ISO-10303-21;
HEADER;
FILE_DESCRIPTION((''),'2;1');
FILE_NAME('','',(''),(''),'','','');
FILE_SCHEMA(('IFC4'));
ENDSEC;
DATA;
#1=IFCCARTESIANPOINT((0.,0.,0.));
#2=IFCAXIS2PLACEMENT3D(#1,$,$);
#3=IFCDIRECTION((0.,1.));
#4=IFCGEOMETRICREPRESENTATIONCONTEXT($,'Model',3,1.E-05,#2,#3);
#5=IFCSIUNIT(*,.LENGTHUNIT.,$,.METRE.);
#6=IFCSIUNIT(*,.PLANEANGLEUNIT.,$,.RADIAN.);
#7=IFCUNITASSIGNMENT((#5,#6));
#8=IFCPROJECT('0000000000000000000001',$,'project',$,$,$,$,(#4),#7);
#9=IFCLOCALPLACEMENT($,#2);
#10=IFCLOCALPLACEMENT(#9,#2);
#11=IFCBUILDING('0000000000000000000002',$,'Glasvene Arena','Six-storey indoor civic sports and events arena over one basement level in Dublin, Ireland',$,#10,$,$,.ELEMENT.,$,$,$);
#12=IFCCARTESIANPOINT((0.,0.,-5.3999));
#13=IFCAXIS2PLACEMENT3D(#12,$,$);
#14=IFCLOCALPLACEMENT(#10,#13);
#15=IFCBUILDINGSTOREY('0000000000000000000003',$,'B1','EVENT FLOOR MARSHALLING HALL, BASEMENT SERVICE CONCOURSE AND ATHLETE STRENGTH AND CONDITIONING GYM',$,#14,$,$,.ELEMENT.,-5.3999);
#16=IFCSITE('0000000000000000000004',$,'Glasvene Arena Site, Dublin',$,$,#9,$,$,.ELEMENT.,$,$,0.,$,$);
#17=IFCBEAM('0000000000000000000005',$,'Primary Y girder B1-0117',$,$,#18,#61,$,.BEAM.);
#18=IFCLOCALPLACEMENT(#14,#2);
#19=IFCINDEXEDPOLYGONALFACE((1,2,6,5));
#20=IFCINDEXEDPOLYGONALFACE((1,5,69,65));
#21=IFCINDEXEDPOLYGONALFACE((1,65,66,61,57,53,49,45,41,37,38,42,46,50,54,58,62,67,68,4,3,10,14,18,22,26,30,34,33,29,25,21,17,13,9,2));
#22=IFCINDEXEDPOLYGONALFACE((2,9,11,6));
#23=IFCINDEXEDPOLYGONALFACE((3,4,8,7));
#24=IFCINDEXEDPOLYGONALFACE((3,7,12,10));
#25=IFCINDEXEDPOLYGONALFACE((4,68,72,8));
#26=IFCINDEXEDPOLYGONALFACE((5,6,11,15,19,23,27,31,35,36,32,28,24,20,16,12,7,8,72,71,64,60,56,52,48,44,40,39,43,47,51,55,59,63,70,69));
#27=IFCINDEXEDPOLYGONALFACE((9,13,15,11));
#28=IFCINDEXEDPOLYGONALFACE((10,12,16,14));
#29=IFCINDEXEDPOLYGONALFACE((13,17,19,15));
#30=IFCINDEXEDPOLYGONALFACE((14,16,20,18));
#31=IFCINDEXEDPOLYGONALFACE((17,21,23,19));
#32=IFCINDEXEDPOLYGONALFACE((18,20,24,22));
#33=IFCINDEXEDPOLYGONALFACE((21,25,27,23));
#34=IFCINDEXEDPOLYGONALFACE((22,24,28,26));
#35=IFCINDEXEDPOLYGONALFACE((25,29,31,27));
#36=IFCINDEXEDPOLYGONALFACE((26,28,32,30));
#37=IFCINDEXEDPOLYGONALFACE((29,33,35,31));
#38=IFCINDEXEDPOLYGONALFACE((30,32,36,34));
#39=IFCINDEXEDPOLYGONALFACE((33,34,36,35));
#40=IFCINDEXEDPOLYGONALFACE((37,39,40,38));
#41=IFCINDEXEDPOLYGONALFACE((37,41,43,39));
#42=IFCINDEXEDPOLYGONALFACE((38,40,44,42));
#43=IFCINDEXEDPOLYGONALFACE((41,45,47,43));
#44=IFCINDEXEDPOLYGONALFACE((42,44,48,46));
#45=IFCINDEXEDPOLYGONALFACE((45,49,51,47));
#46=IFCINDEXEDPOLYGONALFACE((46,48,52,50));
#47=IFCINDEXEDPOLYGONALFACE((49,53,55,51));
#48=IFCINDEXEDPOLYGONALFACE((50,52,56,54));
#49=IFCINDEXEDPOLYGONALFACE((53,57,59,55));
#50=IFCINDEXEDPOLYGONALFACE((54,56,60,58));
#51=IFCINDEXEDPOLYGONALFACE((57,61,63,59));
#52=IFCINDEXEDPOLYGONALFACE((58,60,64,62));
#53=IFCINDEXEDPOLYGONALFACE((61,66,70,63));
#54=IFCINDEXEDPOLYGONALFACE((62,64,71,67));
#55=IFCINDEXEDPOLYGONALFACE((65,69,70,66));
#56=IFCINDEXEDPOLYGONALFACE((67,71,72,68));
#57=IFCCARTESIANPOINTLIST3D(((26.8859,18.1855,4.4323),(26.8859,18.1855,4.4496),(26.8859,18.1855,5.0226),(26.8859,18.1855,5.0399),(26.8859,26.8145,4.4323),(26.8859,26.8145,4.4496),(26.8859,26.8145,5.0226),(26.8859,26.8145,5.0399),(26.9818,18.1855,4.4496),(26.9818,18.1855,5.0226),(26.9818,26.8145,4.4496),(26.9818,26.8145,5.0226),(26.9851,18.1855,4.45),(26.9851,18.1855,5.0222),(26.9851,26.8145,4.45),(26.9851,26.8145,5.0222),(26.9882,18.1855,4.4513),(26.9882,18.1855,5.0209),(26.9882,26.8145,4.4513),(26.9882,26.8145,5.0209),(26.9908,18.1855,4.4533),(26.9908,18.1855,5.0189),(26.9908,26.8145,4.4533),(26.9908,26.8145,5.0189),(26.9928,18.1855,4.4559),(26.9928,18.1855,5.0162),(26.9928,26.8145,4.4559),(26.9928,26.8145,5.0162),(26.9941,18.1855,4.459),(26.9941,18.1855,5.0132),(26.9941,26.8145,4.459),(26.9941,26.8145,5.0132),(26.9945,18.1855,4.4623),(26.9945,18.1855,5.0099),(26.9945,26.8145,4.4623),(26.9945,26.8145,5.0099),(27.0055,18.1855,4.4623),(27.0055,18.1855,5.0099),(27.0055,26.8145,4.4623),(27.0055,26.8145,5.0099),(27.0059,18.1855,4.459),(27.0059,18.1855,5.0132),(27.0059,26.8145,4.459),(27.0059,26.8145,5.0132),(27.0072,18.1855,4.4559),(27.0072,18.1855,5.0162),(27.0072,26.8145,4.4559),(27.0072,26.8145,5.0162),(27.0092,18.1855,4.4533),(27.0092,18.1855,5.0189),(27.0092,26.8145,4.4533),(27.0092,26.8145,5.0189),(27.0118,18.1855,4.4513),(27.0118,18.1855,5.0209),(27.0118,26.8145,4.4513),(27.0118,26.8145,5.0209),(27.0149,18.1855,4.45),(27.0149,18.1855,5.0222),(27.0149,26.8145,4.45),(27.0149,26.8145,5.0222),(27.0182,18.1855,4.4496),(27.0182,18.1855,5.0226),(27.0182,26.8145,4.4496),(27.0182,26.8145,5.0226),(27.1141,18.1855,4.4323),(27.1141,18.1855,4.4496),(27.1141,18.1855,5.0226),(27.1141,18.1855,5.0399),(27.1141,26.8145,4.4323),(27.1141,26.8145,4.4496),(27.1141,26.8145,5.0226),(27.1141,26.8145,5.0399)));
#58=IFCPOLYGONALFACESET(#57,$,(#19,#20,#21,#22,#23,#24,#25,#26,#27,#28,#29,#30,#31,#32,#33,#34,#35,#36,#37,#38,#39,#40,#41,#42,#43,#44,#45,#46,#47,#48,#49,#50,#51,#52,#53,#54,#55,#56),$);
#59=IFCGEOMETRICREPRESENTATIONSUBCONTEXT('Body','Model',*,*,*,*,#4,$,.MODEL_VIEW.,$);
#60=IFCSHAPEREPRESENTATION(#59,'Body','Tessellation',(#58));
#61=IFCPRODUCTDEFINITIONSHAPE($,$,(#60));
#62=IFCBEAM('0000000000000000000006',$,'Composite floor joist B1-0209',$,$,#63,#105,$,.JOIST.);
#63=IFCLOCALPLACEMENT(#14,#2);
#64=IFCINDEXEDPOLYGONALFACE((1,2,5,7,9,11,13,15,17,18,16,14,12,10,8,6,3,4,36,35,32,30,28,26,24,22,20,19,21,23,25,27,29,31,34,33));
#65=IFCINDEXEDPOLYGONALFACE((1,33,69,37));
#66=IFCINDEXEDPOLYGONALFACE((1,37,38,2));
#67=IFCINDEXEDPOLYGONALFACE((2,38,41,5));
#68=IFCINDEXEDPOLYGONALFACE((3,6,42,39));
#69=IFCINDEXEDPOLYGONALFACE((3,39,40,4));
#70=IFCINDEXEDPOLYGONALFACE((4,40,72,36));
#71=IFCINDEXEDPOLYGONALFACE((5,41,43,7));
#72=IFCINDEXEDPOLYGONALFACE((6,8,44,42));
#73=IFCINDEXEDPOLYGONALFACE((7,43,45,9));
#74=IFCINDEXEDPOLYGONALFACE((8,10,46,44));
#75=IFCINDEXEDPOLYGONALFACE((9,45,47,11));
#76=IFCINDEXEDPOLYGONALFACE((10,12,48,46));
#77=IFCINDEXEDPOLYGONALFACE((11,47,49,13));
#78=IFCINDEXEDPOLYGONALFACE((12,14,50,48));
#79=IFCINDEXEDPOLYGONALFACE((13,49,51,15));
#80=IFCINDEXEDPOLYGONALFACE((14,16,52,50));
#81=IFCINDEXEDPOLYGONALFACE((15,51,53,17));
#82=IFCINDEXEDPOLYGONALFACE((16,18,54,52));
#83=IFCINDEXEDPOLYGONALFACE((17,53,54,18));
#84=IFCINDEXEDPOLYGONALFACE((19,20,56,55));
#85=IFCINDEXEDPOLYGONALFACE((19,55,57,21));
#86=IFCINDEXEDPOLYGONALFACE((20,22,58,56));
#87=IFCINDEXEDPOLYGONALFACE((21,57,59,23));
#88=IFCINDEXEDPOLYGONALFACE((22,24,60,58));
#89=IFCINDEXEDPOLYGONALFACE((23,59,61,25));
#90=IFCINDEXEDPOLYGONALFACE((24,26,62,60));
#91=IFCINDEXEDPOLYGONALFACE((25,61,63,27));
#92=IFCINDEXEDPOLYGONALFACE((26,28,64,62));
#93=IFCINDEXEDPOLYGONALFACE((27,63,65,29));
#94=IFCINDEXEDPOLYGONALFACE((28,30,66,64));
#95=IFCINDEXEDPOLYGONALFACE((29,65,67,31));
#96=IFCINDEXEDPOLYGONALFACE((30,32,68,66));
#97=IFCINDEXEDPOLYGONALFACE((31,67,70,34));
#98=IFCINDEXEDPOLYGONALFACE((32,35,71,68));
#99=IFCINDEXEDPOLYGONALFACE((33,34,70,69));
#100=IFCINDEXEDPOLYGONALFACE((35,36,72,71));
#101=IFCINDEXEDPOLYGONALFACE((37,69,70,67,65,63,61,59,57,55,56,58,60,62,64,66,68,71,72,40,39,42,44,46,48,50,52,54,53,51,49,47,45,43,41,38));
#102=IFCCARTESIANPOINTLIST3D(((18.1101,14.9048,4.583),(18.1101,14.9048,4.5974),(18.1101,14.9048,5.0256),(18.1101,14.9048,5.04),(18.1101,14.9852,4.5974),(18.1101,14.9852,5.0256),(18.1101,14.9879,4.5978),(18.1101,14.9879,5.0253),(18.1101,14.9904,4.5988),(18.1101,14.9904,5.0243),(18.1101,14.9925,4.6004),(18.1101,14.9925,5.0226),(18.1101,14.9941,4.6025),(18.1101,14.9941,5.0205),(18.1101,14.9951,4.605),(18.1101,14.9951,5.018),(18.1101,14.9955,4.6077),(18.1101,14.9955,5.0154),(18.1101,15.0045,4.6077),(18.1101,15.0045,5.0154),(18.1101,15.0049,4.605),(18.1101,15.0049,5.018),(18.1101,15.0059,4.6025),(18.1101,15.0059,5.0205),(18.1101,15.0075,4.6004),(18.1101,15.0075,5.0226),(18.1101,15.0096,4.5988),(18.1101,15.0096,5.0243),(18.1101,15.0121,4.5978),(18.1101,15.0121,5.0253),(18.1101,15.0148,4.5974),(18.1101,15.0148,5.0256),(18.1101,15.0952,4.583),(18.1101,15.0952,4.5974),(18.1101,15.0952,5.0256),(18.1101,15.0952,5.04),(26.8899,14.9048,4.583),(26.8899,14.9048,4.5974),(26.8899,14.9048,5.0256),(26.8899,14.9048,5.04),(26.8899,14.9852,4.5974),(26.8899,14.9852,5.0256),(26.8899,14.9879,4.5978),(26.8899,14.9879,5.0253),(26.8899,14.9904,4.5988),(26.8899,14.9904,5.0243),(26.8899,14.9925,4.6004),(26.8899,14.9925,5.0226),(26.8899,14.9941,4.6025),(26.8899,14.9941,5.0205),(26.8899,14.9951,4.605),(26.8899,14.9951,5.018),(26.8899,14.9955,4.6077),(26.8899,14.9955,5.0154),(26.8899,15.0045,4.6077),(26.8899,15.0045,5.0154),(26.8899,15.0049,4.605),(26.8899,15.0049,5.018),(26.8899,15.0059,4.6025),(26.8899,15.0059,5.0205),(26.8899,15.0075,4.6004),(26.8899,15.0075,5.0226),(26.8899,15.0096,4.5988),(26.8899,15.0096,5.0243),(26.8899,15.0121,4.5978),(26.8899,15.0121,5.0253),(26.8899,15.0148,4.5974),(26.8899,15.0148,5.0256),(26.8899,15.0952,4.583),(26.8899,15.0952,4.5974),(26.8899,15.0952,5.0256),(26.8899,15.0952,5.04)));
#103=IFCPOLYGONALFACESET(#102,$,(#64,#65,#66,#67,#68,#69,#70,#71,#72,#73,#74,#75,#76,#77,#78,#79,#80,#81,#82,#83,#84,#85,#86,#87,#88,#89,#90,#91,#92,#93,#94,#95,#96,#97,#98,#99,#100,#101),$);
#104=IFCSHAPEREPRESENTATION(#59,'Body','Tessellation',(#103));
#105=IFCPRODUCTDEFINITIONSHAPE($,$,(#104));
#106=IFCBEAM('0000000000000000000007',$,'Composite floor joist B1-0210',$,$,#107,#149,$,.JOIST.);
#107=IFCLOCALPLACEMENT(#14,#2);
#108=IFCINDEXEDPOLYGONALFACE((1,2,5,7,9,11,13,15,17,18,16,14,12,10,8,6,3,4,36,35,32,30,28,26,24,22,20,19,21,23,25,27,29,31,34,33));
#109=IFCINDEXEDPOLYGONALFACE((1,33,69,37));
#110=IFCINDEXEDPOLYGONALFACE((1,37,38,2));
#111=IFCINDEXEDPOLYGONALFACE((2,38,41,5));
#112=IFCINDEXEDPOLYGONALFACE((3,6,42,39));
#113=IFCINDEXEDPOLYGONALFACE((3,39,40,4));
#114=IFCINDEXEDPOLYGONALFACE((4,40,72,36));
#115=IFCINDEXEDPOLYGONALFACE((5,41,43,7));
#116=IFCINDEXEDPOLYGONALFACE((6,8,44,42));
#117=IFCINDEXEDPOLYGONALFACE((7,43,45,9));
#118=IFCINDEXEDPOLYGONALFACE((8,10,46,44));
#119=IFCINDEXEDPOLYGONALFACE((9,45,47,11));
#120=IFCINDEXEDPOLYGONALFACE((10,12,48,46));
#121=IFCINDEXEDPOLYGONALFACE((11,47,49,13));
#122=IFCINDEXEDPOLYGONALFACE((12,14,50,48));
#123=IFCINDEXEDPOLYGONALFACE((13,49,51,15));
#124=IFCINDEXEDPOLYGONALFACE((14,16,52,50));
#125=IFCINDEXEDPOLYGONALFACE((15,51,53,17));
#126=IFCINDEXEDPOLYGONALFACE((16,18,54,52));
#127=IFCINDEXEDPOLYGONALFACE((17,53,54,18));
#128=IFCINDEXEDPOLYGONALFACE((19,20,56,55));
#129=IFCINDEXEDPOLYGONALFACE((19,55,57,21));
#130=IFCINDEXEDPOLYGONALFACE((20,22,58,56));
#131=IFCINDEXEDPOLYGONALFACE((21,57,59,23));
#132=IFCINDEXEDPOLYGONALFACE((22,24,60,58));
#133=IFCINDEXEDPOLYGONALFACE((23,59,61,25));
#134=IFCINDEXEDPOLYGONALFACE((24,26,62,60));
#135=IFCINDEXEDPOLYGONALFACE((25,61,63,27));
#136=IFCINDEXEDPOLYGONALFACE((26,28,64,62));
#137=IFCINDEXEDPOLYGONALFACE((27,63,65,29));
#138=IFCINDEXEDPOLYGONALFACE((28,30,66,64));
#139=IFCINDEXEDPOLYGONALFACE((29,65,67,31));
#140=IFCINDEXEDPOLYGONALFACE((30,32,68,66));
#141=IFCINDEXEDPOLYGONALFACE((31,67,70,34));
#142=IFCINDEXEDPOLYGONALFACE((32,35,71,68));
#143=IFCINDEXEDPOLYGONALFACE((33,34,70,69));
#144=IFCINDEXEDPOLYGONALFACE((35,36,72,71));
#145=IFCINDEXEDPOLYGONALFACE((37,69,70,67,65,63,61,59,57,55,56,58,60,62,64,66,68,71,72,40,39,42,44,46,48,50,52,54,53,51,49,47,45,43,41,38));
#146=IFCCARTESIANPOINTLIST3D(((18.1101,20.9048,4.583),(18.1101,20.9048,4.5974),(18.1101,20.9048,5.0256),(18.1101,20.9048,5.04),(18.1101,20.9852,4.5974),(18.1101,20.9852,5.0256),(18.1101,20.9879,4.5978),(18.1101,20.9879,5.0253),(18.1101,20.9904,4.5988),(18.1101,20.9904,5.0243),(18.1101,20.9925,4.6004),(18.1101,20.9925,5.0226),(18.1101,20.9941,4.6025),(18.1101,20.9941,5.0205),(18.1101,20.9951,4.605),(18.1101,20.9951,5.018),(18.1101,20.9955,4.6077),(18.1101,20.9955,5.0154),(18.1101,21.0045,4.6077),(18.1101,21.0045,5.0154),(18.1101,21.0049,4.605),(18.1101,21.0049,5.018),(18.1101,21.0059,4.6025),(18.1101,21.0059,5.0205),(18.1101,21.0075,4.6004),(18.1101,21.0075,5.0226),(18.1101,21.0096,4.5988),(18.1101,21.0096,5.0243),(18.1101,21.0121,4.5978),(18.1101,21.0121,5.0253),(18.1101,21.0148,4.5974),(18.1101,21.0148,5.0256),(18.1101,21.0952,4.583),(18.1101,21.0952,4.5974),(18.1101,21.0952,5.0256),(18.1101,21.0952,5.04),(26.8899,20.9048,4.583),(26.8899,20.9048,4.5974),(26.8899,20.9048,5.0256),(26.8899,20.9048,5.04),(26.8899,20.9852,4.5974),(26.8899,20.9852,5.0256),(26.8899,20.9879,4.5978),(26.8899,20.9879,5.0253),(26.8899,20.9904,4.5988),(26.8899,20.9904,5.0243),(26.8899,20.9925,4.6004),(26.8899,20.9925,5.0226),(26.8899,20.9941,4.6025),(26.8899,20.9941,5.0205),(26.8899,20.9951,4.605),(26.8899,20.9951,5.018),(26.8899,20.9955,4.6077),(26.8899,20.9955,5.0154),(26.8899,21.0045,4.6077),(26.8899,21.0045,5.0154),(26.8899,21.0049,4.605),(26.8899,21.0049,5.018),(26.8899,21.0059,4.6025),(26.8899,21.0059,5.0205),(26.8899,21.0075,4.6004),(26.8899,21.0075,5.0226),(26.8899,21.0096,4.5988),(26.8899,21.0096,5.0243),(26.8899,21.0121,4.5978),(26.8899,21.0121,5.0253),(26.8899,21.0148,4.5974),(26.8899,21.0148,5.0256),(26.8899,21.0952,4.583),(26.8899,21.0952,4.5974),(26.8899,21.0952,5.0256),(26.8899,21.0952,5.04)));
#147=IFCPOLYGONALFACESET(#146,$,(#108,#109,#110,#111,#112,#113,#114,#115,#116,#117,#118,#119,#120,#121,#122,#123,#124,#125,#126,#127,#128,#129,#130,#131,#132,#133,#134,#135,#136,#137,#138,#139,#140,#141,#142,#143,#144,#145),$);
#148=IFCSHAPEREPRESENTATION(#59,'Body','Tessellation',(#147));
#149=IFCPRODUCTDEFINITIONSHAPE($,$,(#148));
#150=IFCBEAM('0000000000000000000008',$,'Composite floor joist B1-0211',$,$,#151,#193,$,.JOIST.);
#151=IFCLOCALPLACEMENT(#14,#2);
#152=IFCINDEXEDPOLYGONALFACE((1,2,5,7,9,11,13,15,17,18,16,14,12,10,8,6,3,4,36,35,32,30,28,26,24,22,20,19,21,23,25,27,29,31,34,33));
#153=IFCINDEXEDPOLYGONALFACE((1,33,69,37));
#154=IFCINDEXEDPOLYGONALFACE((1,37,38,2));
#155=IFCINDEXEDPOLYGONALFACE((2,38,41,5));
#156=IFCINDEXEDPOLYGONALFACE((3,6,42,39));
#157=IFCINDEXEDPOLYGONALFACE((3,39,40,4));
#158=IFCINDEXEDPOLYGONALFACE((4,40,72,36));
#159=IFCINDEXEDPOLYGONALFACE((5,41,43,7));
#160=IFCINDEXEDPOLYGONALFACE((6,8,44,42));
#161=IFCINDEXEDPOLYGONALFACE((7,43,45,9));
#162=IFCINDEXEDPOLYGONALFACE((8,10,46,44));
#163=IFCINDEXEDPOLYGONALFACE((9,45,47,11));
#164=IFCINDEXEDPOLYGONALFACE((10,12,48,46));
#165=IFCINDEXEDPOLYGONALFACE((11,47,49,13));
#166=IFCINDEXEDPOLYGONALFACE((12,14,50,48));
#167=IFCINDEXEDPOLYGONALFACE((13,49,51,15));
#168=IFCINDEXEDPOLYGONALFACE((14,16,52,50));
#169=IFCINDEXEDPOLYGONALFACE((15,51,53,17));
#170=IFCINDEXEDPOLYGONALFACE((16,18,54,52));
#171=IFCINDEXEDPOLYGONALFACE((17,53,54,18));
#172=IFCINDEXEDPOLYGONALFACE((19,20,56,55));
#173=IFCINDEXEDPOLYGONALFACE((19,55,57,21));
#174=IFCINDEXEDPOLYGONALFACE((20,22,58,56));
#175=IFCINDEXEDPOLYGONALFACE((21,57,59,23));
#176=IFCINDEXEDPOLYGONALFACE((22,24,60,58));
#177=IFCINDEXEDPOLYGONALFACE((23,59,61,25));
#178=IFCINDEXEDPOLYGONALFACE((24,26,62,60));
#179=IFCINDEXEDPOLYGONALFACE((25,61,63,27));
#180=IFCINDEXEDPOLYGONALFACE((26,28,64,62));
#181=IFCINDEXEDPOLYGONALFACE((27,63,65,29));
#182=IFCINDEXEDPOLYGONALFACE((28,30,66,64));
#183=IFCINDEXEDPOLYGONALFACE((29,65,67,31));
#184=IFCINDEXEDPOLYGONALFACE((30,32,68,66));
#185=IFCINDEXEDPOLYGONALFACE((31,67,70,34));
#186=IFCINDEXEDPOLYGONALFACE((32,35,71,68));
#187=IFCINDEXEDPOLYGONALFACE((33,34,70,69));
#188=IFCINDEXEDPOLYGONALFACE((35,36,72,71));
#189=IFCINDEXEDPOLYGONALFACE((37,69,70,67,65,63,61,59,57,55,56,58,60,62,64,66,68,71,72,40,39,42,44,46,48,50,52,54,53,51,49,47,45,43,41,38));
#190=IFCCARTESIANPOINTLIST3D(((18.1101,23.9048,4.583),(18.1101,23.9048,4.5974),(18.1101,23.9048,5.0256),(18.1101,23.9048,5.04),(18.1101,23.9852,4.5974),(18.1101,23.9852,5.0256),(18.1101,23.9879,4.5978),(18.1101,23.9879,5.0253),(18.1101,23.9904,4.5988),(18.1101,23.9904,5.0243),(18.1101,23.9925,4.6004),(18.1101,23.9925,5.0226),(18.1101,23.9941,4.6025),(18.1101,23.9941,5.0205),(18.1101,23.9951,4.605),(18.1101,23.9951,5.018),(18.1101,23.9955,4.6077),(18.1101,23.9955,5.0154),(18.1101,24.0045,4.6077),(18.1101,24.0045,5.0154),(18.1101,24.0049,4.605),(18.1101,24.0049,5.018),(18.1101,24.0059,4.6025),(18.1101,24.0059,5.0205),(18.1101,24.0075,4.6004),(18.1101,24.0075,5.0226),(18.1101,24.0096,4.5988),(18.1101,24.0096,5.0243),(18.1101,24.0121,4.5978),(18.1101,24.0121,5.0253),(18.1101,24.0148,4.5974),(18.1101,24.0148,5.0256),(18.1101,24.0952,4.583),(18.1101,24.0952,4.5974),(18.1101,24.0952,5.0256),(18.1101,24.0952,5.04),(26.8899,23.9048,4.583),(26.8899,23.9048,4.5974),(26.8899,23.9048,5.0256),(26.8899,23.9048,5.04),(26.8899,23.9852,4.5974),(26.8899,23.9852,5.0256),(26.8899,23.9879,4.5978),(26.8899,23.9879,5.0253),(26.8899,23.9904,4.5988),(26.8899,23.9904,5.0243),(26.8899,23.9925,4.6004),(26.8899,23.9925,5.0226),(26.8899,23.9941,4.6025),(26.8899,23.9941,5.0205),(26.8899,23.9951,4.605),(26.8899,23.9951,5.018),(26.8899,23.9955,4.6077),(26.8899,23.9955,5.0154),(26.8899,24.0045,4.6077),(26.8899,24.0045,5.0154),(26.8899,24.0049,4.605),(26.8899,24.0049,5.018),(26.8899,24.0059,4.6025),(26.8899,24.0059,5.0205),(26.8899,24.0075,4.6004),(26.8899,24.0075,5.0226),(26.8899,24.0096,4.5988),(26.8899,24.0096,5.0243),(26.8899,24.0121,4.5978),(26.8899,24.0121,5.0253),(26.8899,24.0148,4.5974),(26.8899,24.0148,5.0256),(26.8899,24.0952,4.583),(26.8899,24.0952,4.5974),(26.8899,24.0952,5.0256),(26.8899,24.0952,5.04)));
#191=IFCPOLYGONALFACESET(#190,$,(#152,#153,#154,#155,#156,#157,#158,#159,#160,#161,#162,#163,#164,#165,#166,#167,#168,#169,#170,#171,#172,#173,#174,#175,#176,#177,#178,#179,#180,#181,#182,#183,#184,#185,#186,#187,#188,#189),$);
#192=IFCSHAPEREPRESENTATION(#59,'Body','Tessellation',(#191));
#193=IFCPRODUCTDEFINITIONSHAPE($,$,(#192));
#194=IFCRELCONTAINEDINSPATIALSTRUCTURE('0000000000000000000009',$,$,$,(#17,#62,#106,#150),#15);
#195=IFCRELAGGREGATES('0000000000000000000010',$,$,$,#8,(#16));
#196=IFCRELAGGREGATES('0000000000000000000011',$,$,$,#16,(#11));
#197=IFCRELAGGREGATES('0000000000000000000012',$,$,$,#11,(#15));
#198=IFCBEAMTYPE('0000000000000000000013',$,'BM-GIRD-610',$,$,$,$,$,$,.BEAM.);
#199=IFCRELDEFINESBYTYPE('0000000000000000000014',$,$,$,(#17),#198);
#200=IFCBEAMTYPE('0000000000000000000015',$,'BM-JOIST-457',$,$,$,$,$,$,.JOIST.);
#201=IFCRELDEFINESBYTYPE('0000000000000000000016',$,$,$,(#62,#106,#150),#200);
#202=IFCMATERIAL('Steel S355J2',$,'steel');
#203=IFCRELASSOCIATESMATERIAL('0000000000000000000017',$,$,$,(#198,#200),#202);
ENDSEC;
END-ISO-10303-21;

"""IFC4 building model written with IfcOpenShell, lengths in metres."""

from ifc_helpers import new_model, si_unit, direction, frame, origin, origin_2d, place, context, subcontext, project, spatial, i_section, extrude, material, material_profile, profile_set, type_object, element, save


model = new_model("IFC4")

# Units and contexts
model_context = context("Model", 3, precision=1e-05, world=origin(), true_north=direction((0.0, 1.0)))
body_context = subcontext(model_context, "Body", "Model", "MODEL_VIEW")
ifc_project = project(units=[si_unit("LENGTHUNIT", "METRE"), si_unit("PLANEANGLEUNIT", "RADIAN")], contexts=[model_context])

# Site, building, storey
site_placement = place(None, origin())
site = spatial("IfcSite", under=ifc_project, at=site_placement, Name="Glasvene Arena Site, Dublin", CompositionType="ELEMENT", RefElevation=0.0)
building_placement = place(site_placement, origin())
building = spatial("IfcBuilding", under=site, at=building_placement, Name="Glasvene Arena", Description="Six-storey indoor civic sports and events arena over one basement level in Dublin, Ireland", CompositionType="ELEMENT")
storey_placement = place(building_placement, frame((0.0, 0.0, -5.3999)))
storey = spatial("IfcBuildingStorey", under=building, at=storey_placement, Name="B1", Description="EVENT FLOOR MARSHALLING HALL, BASEMENT SERVICE CONCOURSE AND ATHLETE STRENGTH AND CONDITIONING GYM", CompositionType="ELEMENT", Elevation=-5.3999)

# Shared definitions
ifc_material_1 = material(Name="Steel S355J2", Category="steel")

# Beams
ifc_material_profile_1 = material_profile(ifc_material_1, i_section(OverallWidth=0.2283, OverallDepth=0.6077, WebThickness=0.011, FlangeThickness=0.0173, FilletRadius=0.0127, at=origin_2d()), Name="UKB 610x229x113")
ifc_profile_set_1 = profile_set([ifc_material_profile_1], Name="Steel S355J2")
beam_type_1 = type_object("IfcBeamType", Name="BM-GIRD-610", PredefinedType="BEAM", material=ifc_profile_set_1)
beam_1_placement = place(storey_placement, frame((27.0, 18.1855, 4.7361), z_axis=(0.0, 1.0, 0.0), x_axis=(-1.0, 0.0, 0.0)))
element("IfcBeam", 1, at=beam_1_placement, inside=storey, type_object=beam_type_1, Name="Primary Y girder B1-0117", PredefinedType="BEAM", context=body_context, shape_type="SweptSolid", body=[
    extrude(i_section(OverallWidth=0.2283, OverallDepth=0.6077, WebThickness=0.011, FlangeThickness=0.0173, FilletRadius=0.0127, at=origin_2d()), origin(), (0.0, 0.0, 1.0), 8.6289),
])
ifc_material_profile_2 = material_profile(ifc_material_1, i_section(OverallWidth=0.1904, OverallDepth=0.457, WebThickness=0.009, FlangeThickness=0.0144, FilletRadius=0.0103, at=origin_2d()), Name="UKB 457x191x74")
ifc_profile_set_2 = profile_set([ifc_material_profile_2], Name="Steel S355J2")
beam_type_2 = type_object("IfcBeamType", Name="BM-JOIST-457", PredefinedType="JOIST", material=ifc_profile_set_2)
for number, where, z_axis, x_axis, name in (
    (2, (18.1101, 15.0, 4.8115), (1.0, 0.0, 0.0), (0.0, 1.0, 0.0), "Composite floor joist B1-0209"),
    (3, (18.1101, 21.0, 4.8115), (1.0, 0.0, 0.0), (0.0, 1.0, 0.0), "Composite floor joist B1-0210"),
    (4, (18.1101, 24.0, 4.8115), (1.0, 0.0, 0.0), (0.0, 1.0, 0.0), "Composite floor joist B1-0211"),
):
    element("IfcBeam", number, at=place(storey_placement, frame(where, z_axis=z_axis, x_axis=x_axis)), inside=storey, type_object=beam_type_2, Name=name, PredefinedType="JOIST", context=body_context, shape_type="SweptSolid", body=[
        extrude(i_section(OverallWidth=0.1904, OverallDepth=0.457, WebThickness=0.009, FlangeThickness=0.0144, FilletRadius=0.0103, at=origin_2d()), origin(), (0.0, 0.0, 1.0), 8.7798),
    ])

save(model, "model.ifc")
